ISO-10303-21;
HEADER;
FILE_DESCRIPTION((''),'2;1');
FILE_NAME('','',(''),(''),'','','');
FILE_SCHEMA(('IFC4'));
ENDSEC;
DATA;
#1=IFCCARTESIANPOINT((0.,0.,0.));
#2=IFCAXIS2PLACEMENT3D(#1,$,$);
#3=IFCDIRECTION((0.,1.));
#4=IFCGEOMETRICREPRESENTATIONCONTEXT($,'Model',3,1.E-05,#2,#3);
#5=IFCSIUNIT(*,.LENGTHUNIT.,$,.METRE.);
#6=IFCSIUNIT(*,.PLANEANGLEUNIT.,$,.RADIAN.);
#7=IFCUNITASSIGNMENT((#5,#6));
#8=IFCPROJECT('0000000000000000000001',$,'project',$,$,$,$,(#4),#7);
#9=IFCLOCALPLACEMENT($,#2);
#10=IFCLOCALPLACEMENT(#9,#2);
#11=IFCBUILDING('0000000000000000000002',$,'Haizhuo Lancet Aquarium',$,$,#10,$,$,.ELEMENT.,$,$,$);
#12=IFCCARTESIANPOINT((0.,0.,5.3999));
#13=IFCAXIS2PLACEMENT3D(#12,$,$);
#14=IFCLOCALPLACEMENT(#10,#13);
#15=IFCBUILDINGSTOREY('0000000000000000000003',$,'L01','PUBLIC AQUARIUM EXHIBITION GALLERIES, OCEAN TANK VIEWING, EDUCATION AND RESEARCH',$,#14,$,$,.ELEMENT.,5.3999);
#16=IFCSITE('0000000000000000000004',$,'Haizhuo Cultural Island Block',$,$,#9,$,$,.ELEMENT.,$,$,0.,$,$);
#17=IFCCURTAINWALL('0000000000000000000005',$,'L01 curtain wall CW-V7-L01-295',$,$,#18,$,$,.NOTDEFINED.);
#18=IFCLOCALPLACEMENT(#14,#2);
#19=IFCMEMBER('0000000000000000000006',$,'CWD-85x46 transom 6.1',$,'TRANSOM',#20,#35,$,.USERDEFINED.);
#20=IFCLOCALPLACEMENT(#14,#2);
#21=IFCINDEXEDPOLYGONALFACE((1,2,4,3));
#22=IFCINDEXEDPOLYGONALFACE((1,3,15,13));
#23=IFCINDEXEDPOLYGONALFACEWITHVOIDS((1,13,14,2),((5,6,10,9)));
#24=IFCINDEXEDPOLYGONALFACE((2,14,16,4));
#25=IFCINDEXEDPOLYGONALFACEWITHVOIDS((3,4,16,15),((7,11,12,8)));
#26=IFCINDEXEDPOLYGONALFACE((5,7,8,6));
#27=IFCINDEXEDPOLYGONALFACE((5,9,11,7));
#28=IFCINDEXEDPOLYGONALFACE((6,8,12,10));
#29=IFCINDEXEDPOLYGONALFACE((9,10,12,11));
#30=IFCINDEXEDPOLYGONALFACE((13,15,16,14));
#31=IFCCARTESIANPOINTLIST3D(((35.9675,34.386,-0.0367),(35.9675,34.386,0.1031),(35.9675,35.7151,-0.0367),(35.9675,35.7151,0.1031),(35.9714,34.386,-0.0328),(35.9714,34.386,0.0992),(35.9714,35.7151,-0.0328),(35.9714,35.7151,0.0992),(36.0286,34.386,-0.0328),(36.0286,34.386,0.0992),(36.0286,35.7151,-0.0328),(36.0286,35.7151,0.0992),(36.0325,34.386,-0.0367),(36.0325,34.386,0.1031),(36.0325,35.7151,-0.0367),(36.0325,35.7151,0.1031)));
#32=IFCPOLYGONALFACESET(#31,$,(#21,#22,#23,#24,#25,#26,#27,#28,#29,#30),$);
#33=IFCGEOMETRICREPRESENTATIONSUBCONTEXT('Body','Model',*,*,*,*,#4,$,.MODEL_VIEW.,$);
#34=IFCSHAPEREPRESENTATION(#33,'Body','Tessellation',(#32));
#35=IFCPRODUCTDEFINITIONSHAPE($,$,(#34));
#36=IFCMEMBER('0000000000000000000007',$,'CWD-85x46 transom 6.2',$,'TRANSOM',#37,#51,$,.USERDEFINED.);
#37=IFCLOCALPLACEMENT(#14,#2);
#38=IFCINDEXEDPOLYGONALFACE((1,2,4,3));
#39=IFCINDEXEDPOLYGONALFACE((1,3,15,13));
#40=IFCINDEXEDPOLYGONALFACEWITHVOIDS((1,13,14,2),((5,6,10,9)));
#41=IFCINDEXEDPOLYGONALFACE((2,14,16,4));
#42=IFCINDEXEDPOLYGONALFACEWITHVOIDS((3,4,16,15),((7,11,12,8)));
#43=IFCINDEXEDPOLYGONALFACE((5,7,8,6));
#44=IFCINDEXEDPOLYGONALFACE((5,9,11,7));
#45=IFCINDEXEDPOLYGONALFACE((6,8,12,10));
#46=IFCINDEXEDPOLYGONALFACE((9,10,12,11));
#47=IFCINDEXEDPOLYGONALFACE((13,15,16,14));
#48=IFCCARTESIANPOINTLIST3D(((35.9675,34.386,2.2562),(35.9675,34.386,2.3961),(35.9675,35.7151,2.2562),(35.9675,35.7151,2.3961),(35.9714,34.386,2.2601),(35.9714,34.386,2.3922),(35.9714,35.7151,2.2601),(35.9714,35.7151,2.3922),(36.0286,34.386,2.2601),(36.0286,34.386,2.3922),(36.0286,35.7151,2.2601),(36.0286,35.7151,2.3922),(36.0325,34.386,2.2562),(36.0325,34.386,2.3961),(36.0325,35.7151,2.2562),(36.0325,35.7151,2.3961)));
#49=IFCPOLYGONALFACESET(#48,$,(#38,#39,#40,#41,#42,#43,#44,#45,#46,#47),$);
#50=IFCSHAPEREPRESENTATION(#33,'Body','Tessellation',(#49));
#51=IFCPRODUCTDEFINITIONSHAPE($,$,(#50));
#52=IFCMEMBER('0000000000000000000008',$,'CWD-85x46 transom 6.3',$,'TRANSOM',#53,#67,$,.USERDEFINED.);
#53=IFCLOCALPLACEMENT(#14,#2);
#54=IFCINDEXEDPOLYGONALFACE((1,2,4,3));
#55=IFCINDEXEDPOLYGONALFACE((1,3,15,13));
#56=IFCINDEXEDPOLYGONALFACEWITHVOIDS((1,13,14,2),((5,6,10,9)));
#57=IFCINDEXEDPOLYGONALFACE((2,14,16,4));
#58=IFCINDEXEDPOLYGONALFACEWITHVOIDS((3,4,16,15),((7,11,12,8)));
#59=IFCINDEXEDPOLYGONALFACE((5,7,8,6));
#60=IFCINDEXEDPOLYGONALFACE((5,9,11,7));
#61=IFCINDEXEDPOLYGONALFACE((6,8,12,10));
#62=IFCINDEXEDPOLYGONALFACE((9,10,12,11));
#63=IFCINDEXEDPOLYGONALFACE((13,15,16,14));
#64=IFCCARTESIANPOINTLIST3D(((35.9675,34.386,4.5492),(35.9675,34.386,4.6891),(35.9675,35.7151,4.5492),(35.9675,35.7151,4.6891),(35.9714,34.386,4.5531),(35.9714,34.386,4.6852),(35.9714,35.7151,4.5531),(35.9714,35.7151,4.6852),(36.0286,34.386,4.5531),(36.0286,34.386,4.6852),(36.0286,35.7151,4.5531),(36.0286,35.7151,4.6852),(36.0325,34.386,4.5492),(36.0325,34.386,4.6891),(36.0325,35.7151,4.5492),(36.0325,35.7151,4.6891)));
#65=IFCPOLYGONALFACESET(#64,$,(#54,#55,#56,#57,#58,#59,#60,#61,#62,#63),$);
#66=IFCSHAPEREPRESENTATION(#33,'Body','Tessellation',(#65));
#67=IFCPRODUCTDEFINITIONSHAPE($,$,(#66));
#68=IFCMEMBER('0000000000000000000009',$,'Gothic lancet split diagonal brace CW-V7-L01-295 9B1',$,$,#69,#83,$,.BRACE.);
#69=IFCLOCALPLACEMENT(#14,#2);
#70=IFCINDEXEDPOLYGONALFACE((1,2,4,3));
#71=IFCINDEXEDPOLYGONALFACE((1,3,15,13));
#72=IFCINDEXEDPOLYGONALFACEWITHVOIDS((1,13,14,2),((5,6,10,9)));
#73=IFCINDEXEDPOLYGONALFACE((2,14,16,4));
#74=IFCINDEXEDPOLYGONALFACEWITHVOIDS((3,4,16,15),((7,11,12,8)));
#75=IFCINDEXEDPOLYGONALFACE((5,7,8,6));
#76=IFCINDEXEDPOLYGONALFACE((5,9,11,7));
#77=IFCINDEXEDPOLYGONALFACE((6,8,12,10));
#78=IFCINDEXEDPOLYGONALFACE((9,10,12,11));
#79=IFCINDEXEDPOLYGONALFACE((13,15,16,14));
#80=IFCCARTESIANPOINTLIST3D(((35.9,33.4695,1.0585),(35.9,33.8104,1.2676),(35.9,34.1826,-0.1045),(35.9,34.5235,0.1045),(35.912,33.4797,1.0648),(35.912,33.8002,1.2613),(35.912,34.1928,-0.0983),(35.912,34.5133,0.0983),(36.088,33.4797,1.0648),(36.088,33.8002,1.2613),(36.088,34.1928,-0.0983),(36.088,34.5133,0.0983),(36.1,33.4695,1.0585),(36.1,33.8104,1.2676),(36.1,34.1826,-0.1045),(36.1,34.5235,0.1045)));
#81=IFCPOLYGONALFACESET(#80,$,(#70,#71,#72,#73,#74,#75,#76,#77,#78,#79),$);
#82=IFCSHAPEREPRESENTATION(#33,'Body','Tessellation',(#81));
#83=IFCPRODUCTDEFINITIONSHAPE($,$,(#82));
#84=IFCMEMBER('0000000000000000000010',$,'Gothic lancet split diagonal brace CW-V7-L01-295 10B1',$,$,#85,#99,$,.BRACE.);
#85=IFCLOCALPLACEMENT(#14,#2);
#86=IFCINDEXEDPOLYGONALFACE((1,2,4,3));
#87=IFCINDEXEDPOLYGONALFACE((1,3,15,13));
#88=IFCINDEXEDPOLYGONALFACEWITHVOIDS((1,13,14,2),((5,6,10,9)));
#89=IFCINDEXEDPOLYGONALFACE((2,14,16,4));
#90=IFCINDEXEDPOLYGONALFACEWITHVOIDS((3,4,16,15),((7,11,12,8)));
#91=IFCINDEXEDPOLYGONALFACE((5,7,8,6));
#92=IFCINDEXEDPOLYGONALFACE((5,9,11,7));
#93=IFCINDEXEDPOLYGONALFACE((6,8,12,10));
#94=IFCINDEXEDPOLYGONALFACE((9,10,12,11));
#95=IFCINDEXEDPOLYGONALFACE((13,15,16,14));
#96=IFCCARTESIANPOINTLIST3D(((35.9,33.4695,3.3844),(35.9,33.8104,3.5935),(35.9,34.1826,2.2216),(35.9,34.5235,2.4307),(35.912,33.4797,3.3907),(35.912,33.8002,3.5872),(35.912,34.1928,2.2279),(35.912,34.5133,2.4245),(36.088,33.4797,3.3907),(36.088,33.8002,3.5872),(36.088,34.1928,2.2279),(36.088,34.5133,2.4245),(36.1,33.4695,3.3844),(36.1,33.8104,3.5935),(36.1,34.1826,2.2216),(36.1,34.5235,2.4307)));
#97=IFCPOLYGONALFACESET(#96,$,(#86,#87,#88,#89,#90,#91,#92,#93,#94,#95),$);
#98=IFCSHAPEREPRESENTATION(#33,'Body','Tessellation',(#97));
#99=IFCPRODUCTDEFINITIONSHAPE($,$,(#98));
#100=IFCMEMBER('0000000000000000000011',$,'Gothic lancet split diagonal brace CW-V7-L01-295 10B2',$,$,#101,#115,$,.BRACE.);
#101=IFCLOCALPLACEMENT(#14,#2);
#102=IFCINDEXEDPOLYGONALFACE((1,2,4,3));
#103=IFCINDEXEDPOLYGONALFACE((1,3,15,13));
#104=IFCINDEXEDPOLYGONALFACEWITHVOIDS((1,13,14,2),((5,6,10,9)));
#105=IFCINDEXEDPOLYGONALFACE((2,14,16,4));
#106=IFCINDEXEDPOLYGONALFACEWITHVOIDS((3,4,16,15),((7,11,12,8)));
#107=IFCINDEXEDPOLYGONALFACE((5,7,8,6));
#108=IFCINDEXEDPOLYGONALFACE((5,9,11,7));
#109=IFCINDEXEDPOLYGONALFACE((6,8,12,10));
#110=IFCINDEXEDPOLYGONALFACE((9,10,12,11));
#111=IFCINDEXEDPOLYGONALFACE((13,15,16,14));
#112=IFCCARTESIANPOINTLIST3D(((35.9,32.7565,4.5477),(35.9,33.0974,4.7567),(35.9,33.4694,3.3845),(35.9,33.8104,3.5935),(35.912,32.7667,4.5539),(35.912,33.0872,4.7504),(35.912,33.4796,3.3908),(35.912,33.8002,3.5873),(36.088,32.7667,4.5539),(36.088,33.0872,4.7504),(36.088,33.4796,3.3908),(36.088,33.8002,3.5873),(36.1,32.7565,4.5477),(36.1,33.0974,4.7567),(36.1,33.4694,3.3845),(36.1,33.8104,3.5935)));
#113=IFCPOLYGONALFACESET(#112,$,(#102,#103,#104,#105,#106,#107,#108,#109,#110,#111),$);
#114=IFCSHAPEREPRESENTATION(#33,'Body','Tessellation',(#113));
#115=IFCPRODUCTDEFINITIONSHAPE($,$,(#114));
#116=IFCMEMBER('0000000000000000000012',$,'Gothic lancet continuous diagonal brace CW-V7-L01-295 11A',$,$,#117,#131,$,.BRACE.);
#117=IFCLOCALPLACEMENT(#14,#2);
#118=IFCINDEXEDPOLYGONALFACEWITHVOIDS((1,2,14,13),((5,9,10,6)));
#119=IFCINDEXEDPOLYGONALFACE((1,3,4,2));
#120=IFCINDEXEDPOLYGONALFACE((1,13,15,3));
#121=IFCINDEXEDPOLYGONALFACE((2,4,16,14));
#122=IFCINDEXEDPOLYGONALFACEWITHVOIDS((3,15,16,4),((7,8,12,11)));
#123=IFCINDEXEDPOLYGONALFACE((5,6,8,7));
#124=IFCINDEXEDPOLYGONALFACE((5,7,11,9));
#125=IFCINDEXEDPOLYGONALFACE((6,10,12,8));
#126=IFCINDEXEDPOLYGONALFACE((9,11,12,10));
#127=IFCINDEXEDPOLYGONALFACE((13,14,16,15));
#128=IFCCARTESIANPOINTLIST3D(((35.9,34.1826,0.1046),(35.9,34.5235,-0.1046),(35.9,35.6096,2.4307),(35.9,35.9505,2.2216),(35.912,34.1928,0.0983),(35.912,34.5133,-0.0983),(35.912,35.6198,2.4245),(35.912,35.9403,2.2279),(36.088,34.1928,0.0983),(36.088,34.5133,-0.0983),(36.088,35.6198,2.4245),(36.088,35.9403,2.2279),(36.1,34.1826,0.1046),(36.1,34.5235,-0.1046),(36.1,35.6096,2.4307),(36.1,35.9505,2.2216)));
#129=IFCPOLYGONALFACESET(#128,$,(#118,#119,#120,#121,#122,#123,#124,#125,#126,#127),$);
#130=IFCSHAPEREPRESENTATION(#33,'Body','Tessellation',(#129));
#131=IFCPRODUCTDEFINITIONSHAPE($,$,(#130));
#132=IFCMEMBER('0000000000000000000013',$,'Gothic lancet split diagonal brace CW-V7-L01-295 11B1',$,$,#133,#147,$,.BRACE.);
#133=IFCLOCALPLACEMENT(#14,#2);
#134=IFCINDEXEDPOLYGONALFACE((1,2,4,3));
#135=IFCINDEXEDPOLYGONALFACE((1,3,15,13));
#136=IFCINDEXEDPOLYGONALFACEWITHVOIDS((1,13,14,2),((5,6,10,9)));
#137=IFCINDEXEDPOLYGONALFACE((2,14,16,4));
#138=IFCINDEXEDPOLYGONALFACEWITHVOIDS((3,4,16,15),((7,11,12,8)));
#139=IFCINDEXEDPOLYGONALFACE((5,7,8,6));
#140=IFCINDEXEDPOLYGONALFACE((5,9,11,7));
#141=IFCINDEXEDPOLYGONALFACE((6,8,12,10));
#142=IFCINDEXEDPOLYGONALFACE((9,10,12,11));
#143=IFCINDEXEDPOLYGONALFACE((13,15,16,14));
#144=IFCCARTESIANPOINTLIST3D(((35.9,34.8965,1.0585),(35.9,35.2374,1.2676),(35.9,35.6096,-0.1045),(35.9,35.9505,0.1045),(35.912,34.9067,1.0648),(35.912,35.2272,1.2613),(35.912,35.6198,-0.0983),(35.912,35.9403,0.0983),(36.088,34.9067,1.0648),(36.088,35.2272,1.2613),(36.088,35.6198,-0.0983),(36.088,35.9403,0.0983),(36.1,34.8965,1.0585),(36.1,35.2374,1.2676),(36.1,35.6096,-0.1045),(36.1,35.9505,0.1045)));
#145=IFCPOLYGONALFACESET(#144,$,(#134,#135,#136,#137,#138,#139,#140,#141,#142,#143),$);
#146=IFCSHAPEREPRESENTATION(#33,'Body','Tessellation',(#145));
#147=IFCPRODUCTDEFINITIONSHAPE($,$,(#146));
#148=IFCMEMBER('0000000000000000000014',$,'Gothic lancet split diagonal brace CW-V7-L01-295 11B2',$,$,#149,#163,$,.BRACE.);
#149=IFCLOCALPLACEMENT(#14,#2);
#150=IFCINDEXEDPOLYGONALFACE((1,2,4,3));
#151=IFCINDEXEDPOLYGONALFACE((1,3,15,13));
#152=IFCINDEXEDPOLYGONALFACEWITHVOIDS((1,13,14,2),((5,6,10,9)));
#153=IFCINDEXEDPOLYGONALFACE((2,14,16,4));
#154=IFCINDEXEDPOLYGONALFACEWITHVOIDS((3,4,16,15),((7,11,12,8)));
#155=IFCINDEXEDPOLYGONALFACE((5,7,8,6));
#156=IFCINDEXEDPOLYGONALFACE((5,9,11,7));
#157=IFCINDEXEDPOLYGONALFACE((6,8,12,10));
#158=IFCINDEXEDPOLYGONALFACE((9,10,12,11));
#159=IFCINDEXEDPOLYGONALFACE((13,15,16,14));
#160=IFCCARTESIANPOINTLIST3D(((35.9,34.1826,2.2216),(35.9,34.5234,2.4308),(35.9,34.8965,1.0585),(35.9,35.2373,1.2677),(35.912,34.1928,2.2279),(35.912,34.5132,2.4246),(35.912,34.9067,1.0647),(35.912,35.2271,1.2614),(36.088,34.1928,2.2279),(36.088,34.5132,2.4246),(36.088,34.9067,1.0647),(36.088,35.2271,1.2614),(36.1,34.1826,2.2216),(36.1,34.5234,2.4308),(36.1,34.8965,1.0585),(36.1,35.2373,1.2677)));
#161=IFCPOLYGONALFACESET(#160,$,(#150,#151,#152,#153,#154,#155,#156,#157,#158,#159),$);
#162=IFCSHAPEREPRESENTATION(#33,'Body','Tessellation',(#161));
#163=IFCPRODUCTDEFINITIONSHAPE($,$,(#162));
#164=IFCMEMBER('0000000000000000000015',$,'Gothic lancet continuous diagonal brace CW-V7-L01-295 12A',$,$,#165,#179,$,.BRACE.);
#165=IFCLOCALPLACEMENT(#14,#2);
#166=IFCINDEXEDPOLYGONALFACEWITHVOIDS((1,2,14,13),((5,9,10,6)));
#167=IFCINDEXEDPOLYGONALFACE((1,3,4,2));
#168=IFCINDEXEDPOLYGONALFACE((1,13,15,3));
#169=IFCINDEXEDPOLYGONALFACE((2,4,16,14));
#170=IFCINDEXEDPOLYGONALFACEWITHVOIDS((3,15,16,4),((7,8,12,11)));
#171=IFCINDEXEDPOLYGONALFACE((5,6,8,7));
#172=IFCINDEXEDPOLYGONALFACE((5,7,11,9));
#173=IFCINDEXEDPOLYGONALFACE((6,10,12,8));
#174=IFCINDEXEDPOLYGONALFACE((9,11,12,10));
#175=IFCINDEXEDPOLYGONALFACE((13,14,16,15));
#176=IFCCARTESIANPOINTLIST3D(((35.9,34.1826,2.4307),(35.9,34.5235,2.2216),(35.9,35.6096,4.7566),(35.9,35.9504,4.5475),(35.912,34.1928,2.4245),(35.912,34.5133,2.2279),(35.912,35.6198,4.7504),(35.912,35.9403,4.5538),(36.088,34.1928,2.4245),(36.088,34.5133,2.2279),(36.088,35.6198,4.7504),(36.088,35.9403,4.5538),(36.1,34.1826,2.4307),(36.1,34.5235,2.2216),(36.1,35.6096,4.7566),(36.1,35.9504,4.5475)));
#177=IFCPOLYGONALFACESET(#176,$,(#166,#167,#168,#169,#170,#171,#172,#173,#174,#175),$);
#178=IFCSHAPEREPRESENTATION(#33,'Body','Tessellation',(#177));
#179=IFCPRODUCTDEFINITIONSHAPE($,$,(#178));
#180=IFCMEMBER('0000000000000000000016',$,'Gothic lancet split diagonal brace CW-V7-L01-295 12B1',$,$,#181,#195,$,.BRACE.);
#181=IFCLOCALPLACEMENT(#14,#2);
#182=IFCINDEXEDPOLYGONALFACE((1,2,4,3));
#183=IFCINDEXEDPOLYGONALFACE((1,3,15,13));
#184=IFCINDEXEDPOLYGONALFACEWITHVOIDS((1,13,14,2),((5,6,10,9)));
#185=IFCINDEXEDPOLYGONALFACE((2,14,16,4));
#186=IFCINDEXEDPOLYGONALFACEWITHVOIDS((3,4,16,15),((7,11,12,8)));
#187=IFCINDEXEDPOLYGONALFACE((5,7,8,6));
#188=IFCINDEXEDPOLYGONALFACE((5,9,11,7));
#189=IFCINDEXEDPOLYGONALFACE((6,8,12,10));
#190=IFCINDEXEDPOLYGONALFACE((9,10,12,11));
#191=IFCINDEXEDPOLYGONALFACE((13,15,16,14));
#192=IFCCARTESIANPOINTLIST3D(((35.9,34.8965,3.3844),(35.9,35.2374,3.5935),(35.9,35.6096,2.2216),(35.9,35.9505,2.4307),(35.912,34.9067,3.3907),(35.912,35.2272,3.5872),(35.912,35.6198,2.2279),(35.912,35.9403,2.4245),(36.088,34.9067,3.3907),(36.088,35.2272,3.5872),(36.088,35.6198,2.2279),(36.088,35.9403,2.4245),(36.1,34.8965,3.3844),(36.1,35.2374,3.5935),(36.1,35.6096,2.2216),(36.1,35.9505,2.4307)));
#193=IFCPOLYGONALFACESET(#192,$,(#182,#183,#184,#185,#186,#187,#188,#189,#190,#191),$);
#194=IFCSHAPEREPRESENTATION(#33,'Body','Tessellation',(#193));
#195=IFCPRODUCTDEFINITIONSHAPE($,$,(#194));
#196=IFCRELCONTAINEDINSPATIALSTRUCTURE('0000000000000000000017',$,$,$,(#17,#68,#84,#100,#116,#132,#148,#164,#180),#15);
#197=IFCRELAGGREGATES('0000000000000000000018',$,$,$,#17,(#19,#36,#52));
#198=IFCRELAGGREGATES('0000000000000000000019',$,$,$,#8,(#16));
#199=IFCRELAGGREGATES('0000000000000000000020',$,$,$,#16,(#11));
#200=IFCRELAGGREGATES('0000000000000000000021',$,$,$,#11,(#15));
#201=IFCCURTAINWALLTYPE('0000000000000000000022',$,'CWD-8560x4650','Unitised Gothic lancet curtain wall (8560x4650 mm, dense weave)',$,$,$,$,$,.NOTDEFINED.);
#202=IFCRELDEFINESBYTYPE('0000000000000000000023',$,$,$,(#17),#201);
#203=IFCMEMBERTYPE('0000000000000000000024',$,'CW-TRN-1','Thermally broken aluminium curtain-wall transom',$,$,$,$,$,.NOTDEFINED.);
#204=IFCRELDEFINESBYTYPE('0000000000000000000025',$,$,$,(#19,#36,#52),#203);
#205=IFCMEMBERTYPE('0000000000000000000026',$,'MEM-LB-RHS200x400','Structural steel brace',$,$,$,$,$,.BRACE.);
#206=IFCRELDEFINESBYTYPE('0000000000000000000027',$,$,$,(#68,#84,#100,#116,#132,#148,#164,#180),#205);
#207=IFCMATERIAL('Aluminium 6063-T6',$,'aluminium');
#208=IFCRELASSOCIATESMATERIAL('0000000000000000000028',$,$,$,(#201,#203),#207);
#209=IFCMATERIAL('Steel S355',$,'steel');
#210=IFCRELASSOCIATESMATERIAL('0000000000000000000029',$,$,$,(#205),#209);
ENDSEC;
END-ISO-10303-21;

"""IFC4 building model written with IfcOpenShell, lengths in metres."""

from ifc_helpers import new_model, si_unit, direction, frame, origin, origin_2d, place, context, subcontext, project, spatial, hollow_rectangle, extrude, material, material_profile, profile_set, type_object, element, aggregate, save


model = new_model("IFC4")

# Units and contexts
model_context = context("Model", 3, precision=1e-05, world=origin(), true_north=direction((0.0, 1.0)))
body_context = subcontext(model_context, "Body", "Model", "MODEL_VIEW")
ifc_project = project(units=[si_unit("LENGTHUNIT", "METRE"), si_unit("PLANEANGLEUNIT", "RADIAN")], contexts=[model_context])

# Site, building, storey
site_placement = place(None, origin())
site = spatial("IfcSite", under=ifc_project, at=site_placement, Name="Haizhuo Cultural Island Block", CompositionType="ELEMENT", RefElevation=0.0)
building_placement = place(site_placement, origin())
building = spatial("IfcBuilding", under=site, at=building_placement, Name="Haizhuo Lancet Aquarium", CompositionType="ELEMENT")
storey_placement = place(building_placement, frame((0.0, 0.0, 5.3999)))
storey = spatial("IfcBuildingStorey", under=building, at=storey_placement, Name="L01", Description="PUBLIC AQUARIUM EXHIBITION GALLERIES, OCEAN TANK VIEWING, EDUCATION AND RESEARCH", CompositionType="ELEMENT", Elevation=5.3999)

# Shared definitions
ifc_material_1 = material(Name="Steel S355", Category="steel")

# Curtain wall, members
ifc_material_2 = material(Name="Aluminium 6063-T6", Category="aluminium")
curtain_wall_type = type_object("IfcCurtainWallType", Name="CWD-8560x4650", Description="Unitised Gothic lancet curtain wall (8560x4650 mm, dense weave)", PredefinedType="NOTDEFINED", material=ifc_material_2)
curtain_wall_placement = place(storey_placement, origin())
curtain_wall = element("IfcCurtainWall", 1, at=curtain_wall_placement, inside=storey, type_object=curtain_wall_type, Name="L01 curtain wall CW-V7-L01-295", PredefinedType="NOTDEFINED")
ifc_material_profile_1 = material_profile(ifc_material_2, hollow_rectangle(XDim=0.0649, YDim=0.1399, WallThickness=0.0039, at=origin_2d()), Name="ALU-T 65x140x4")
ifc_profile_set_1 = profile_set([ifc_material_profile_1], Name="Aluminium 6063-T6")
member_type_1 = type_object("IfcMemberType", Name="CW-TRN-1", Description="Thermally broken aluminium curtain-wall transom", PredefinedType="NOTDEFINED", material=ifc_profile_set_1)
member_1_placement = place(storey_placement, frame((36.0, 34.386, 0.0332), z_axis=(0.0, 1.0, 0.0), x_axis=(-1.0, 0.0, 0.0)))
member_1 = element("IfcMember", 2, at=member_1_placement, type_object=member_type_1, Name="CWD-85x46 transom 6.1", ObjectType="TRANSOM", PredefinedType="USERDEFINED", context=body_context, shape_type="SweptSolid", body=[
    extrude(hollow_rectangle(XDim=0.0649, YDim=0.1399, WallThickness=0.0039, at=origin_2d()), origin(), (0.0, 0.0, 1.0), 1.3291),
])
member_2_placement = place(storey_placement, frame((36.0, 34.386, 2.3262), z_axis=(0.0, 1.0, 0.0), x_axis=(-1.0, 0.0, 0.0)))
member_2 = element("IfcMember", 3, at=member_2_placement, type_object=member_type_1, Name="CWD-85x46 transom 6.2", ObjectType="TRANSOM", PredefinedType="USERDEFINED", context=body_context, shape_type="SweptSolid", body=[
    extrude(hollow_rectangle(XDim=0.0649, YDim=0.1399, WallThickness=0.0039, at=origin_2d()), origin(), (0.0, 0.0, 1.0), 1.3291),
])
member_3_placement = place(storey_placement, frame((36.0, 34.386, 4.6191), z_axis=(0.0, 1.0, 0.0), x_axis=(-1.0, 0.0, 0.0)))
member_3 = element("IfcMember", 4, at=member_3_placement, type_object=member_type_1, Name="CWD-85x46 transom 6.3", ObjectType="TRANSOM", PredefinedType="USERDEFINED", context=body_context, shape_type="SweptSolid", body=[
    extrude(hollow_rectangle(XDim=0.0649, YDim=0.1399, WallThickness=0.0039, at=origin_2d()), origin(), (0.0, 0.0, 1.0), 1.3291),
])

# Members
ifc_material_profile_2 = material_profile(ifc_material_1, hollow_rectangle(XDim=0.2, YDim=0.3999, WallThickness=0.012, at=origin_2d()), Name="RHS 200x400x12")
ifc_profile_set_2 = profile_set([ifc_material_profile_2], Name="Steel S355")
member_type_2 = type_object("IfcMemberType", Name="MEM-LB-RHS200x400", Description="Structural steel brace", PredefinedType="BRACE", material=ifc_profile_set_2)
member_4_placement = place(storey_placement, frame((36.0, 34.353, 0.0), z_axis=(0.0, -0.522709, 0.852511), x_axis=(1.0, 0.0, 0.0)))
element("IfcMember", 5, at=member_4_placement, inside=storey, type_object=member_type_2, Name="Gothic lancet split diagonal brace CW-V7-L01-295 9B1", PredefinedType="BRACE", context=body_context, shape_type="SweptSolid", body=[
    extrude(hollow_rectangle(XDim=0.2, YDim=0.3999, WallThickness=0.012, at=origin_2d()), origin(), (0.0, 0.0, 1.0), 1.3643),
])
member_5_placement = place(storey_placement, frame((36.0, 34.353, 2.3262), z_axis=(0.0, -0.522789, 0.852462), x_axis=(1.0, 0.0, 0.0)))
element("IfcMember", 6, at=member_5_placement, inside=storey, type_object=member_type_2, Name="Gothic lancet split diagonal brace CW-V7-L01-295 10B1", PredefinedType="BRACE", context=body_context, shape_type="SweptSolid", body=[
    extrude(hollow_rectangle(XDim=0.2, YDim=0.3999, WallThickness=0.012, at=origin_2d()), origin(), (0.0, 0.0, 1.0), 1.364),
])
member_6_placement = place(storey_placement, frame((36.0, 33.6399, 3.489), z_axis=(0.0, -0.522579, 0.852591), x_axis=(1.0, 0.0, 0.0)))
element("IfcMember", 7, at=member_6_placement, inside=storey, type_object=member_type_2, Name="Gothic lancet split diagonal brace CW-V7-L01-295 10B2", PredefinedType="BRACE", context=body_context, shape_type="SweptSolid", body=[
    extrude(hollow_rectangle(XDim=0.2, YDim=0.3999, WallThickness=0.012, at=origin_2d()), origin(), (0.0, 0.0, 1.0), 1.3643),
])
member_7_placement = place(storey_placement, frame((36.0, 34.353, 0.0), z_axis=(0.0, 0.522904, 0.852392), x_axis=(-1.0, 0.0, 0.0)))
element("IfcMember", 8, at=member_7_placement, inside=storey, type_object=member_type_2, Name="Gothic lancet continuous diagonal brace CW-V7-L01-295 11A", PredefinedType="BRACE", context=body_context, shape_type="SweptSolid", body=[
    extrude(hollow_rectangle(XDim=0.2, YDim=0.3999, WallThickness=0.012, at=origin_2d()), origin(), (0.0, 0.0, 1.0), 2.729),
])
member_8_placement = place(storey_placement, frame((36.0, 35.78, 0.0), z_axis=(0.0, -0.522709, 0.852511), x_axis=(1.0, 0.0, 0.0)))
element("IfcMember", 9, at=member_8_placement, inside=storey, type_object=member_type_2, Name="Gothic lancet split diagonal brace CW-V7-L01-295 11B1", PredefinedType="BRACE", context=body_context, shape_type="SweptSolid", body=[
    extrude(hollow_rectangle(XDim=0.2, YDim=0.3999, WallThickness=0.012, at=origin_2d()), origin(), (0.0, 0.0, 1.0), 1.3643),
])
member_9_placement = place(storey_placement, frame((36.0, 35.0669, 1.1631), z_axis=(0.0, -0.523099, 0.852272), x_axis=(1.0, 0.0, 0.0)))
element("IfcMember", 10, at=member_9_placement, inside=storey, type_object=member_type_2, Name="Gothic lancet split diagonal brace CW-V7-L01-295 11B2", PredefinedType="BRACE", context=body_context, shape_type="SweptSolid", body=[
    extrude(hollow_rectangle(XDim=0.2, YDim=0.3999, WallThickness=0.012, at=origin_2d()), origin(), (0.0, 0.0, 1.0), 1.3647),
])
member_10_placement = place(storey_placement, frame((36.0, 34.353, 2.3262), z_axis=(0.0, 0.522944, 0.852367), x_axis=(-1.0, 0.0, 0.0)))
element("IfcMember", 11, at=member_10_placement, inside=storey, type_object=member_type_2, Name="Gothic lancet continuous diagonal brace CW-V7-L01-295 12A", PredefinedType="BRACE", context=body_context, shape_type="SweptSolid", body=[
    extrude(hollow_rectangle(XDim=0.2, YDim=0.3999, WallThickness=0.012, at=origin_2d()), origin(), (0.0, 0.0, 1.0), 2.7288),
])
member_11_placement = place(storey_placement, frame((36.0, 35.78, 2.3262), z_axis=(0.0, -0.522789, 0.852462), x_axis=(1.0, 0.0, 0.0)))
element("IfcMember", 12, at=member_11_placement, inside=storey, type_object=member_type_2, Name="Gothic lancet split diagonal brace CW-V7-L01-295 12B1", PredefinedType="BRACE", context=body_context, shape_type="SweptSolid", body=[
    extrude(hollow_rectangle(XDim=0.2, YDim=0.3999, WallThickness=0.012, at=origin_2d()), origin(), (0.0, 0.0, 1.0), 1.364),
])

aggregate(curtain_wall, [member_1, member_2, member_3])

save(model, "model.ifc")
